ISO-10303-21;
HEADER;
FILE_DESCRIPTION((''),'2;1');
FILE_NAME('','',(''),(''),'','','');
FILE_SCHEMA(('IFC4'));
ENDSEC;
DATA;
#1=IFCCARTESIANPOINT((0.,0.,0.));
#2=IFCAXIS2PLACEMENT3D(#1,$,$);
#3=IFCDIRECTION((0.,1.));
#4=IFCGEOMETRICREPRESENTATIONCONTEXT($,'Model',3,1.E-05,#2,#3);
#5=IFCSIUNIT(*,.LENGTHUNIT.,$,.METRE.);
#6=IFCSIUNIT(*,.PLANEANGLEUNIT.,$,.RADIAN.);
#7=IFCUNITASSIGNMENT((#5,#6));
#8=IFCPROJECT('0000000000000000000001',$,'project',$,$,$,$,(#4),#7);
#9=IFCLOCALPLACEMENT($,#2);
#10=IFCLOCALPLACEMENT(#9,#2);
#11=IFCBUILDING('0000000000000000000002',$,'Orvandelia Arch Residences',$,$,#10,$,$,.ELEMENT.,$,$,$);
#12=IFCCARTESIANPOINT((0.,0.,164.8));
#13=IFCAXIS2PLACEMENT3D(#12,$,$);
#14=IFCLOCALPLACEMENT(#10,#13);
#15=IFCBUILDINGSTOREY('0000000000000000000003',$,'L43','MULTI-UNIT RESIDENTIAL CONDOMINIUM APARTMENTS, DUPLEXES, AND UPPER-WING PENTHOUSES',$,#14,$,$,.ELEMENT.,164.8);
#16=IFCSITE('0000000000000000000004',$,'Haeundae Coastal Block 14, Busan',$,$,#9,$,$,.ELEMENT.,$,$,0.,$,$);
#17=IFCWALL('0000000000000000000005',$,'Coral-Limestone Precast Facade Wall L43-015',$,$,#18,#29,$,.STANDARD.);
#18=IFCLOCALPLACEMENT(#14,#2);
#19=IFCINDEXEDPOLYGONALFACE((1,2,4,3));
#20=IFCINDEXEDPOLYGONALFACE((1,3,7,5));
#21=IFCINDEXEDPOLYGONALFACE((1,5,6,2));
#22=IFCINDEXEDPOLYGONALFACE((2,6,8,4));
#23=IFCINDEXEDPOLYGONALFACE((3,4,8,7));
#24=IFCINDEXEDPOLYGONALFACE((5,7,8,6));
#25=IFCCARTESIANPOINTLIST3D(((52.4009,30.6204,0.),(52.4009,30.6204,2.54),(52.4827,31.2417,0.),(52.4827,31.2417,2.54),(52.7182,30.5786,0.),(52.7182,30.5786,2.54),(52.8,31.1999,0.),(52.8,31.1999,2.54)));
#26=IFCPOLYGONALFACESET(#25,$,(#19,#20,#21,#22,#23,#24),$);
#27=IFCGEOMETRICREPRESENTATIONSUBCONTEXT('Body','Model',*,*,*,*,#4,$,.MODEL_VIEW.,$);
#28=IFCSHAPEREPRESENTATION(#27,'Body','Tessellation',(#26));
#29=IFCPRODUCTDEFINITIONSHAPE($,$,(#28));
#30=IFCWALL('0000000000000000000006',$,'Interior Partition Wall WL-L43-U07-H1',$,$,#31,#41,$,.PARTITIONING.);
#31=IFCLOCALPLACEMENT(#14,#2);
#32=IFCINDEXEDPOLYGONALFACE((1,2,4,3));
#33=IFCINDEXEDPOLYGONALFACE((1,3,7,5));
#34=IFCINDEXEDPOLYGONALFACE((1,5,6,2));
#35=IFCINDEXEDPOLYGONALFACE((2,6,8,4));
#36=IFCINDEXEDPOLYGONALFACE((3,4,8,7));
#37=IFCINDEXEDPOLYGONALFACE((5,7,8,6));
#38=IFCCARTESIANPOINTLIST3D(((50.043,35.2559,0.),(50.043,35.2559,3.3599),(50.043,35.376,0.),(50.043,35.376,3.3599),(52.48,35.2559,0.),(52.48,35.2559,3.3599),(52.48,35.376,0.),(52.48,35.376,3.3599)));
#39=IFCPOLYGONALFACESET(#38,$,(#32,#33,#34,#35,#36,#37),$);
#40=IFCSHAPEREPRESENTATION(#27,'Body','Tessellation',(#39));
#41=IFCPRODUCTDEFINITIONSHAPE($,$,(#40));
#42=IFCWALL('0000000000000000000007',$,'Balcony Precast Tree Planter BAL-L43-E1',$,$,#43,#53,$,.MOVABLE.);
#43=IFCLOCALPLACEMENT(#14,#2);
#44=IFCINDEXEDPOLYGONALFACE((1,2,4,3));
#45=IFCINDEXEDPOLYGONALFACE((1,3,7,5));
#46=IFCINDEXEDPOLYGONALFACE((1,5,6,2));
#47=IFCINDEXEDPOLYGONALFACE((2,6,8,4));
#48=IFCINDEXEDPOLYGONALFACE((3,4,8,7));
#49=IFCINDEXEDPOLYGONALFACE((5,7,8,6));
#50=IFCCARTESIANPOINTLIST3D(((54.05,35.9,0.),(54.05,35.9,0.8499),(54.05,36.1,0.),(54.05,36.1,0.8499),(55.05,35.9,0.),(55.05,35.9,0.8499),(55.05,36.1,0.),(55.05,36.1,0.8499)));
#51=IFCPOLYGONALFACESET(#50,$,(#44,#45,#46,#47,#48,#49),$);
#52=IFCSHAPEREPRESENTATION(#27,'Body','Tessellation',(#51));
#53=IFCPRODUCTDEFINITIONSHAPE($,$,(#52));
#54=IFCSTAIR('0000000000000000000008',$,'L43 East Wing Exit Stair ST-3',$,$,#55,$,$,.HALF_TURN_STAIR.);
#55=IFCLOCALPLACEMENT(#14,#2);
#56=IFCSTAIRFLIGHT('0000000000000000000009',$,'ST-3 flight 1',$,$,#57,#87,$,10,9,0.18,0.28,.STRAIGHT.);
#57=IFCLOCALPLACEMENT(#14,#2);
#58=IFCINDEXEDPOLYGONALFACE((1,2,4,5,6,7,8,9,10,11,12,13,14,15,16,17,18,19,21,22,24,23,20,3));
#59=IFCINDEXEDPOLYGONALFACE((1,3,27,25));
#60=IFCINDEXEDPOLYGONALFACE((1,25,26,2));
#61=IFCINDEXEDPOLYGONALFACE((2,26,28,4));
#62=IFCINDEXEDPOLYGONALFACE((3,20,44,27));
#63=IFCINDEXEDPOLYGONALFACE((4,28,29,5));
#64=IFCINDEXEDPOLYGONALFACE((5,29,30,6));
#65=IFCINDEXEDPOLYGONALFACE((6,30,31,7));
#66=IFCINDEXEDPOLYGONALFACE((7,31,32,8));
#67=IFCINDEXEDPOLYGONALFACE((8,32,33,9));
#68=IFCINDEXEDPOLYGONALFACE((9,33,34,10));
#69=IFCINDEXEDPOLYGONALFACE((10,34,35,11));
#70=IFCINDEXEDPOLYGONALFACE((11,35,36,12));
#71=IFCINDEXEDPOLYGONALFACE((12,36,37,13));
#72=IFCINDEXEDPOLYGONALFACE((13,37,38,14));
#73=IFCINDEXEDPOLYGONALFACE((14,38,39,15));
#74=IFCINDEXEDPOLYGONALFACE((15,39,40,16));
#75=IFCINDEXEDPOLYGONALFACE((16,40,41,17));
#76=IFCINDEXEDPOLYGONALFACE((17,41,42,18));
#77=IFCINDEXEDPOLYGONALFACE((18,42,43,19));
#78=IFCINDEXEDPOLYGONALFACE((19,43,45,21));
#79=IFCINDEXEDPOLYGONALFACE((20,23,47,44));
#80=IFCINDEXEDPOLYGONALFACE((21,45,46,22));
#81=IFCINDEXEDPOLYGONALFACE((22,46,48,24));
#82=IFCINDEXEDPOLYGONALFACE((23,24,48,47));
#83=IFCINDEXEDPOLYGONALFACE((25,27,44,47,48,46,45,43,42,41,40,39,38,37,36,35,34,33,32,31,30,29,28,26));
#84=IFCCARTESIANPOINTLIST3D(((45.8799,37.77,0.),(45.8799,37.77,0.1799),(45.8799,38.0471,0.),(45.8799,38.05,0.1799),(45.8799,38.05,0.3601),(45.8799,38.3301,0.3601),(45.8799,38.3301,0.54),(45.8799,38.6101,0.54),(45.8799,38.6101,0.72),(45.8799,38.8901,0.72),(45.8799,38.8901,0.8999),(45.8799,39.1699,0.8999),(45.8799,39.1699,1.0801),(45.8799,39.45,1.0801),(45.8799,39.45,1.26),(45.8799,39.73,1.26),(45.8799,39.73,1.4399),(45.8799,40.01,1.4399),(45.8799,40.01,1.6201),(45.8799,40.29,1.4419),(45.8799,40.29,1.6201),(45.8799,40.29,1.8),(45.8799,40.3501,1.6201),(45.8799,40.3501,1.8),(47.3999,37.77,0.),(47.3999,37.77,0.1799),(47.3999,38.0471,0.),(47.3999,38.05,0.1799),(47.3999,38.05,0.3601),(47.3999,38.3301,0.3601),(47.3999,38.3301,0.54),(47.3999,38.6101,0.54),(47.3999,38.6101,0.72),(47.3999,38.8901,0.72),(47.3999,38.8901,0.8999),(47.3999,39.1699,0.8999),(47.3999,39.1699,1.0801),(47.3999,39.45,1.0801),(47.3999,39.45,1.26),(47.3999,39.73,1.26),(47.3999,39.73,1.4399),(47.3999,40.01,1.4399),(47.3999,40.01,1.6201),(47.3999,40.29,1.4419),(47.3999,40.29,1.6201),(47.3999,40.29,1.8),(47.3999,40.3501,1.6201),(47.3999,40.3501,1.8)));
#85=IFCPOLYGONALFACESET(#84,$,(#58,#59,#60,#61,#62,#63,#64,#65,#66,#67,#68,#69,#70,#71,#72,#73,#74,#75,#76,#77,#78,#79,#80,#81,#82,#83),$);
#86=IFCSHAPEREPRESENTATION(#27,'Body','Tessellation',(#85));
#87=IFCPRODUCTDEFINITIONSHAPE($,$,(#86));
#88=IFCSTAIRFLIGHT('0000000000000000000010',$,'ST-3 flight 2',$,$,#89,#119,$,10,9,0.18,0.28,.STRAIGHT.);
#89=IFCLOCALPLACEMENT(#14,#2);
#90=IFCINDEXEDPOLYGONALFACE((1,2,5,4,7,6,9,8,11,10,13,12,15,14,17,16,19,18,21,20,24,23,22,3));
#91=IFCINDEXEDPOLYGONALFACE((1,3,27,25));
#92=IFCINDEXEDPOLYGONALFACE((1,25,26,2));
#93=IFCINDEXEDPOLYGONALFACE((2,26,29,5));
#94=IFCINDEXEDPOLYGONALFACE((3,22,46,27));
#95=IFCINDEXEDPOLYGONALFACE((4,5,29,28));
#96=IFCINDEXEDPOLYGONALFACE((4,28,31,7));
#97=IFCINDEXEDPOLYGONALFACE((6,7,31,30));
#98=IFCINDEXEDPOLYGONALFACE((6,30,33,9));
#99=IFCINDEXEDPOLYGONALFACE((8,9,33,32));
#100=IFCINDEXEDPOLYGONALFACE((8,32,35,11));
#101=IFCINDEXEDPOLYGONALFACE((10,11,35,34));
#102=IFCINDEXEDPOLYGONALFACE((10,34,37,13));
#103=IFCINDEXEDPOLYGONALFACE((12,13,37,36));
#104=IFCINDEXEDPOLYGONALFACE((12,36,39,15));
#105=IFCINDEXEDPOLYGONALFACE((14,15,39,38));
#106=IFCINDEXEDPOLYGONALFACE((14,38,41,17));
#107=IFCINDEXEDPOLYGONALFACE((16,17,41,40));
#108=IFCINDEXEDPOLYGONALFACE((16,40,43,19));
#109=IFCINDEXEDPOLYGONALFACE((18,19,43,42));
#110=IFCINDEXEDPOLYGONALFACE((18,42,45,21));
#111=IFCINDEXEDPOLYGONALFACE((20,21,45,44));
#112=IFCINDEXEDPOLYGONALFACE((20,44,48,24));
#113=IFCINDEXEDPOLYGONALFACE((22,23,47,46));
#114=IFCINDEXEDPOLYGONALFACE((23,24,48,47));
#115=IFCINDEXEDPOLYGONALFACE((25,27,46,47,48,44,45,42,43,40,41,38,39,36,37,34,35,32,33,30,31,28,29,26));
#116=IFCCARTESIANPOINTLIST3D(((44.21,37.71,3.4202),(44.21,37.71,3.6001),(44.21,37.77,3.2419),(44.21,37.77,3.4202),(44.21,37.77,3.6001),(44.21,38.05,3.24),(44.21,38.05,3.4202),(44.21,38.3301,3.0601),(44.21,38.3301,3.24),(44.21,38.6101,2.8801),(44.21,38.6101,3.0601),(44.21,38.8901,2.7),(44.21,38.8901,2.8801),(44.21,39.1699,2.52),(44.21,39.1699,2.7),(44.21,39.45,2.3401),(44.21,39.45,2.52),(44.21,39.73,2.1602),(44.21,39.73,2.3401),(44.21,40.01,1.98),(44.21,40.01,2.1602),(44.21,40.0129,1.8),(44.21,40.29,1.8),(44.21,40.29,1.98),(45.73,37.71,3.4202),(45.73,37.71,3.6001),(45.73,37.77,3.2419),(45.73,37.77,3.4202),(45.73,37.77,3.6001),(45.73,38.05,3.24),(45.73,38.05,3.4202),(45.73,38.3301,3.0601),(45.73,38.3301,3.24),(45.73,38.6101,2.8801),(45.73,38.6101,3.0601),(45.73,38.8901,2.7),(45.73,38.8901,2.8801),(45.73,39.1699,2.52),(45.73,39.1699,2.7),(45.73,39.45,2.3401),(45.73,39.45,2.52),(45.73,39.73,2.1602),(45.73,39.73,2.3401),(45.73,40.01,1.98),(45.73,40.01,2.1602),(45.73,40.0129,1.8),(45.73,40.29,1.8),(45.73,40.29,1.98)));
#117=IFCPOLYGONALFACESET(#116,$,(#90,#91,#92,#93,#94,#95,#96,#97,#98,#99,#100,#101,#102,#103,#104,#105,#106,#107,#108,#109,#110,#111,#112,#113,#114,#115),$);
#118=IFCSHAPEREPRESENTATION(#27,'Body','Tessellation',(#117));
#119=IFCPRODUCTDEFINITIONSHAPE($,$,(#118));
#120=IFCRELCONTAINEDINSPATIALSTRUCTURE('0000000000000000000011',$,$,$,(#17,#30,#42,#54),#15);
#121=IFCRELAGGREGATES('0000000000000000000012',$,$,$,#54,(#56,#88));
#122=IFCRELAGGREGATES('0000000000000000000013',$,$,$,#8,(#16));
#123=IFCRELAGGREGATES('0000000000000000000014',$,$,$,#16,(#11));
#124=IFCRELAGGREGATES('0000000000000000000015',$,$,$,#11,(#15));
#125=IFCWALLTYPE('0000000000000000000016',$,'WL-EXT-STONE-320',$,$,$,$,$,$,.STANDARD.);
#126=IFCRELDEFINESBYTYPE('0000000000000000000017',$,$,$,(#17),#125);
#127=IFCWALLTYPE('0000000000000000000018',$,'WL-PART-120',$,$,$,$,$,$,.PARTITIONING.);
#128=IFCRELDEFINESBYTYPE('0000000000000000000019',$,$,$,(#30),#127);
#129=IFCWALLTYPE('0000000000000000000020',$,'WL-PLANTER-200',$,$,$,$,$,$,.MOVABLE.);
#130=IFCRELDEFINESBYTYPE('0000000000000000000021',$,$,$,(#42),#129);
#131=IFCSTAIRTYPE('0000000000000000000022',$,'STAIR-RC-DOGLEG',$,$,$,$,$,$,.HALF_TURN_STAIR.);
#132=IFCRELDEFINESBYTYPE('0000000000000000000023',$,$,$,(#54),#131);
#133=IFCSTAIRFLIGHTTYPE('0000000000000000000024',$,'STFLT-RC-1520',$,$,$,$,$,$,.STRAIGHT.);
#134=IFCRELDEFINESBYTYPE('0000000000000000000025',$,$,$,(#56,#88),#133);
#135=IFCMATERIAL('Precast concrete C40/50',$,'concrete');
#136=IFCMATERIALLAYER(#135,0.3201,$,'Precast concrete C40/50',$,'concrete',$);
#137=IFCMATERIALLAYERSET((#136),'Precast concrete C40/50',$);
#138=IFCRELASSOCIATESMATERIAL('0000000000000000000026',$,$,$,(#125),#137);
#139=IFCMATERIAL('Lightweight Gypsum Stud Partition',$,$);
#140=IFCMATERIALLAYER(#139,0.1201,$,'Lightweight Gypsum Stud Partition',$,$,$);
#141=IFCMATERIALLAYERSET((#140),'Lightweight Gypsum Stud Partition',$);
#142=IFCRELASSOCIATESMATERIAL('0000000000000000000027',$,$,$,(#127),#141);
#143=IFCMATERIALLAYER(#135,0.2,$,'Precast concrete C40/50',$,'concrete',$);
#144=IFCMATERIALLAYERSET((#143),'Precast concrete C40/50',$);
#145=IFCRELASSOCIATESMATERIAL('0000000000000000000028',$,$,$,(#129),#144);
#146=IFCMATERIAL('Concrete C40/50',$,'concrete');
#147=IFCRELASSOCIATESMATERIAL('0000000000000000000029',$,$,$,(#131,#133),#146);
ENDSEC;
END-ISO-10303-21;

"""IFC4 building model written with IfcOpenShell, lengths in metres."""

from ifc_helpers import new_model, si_unit, direction, frame, frame_2d, origin, place, context, subcontext, project, spatial, polyline, rectangle, outline, extrude, material, layer, layer_set, type_object, element, aggregate, save


model = new_model("IFC4")

# Units and contexts
model_context = context("Model", 3, precision=1e-05, world=origin(), true_north=direction((0.0, 1.0)))
body_context = subcontext(model_context, "Body", "Model", "MODEL_VIEW")
ifc_project = project(units=[si_unit("LENGTHUNIT", "METRE"), si_unit("PLANEANGLEUNIT", "RADIAN")], contexts=[model_context])

# Site, building, storey
site_placement = place(None, origin())
site = spatial("IfcSite", under=ifc_project, at=site_placement, Name="Haeundae Coastal Block 14, Busan", CompositionType="ELEMENT", RefElevation=0.0)
building_placement = place(site_placement, origin())
building = spatial("IfcBuilding", under=site, at=building_placement, Name="Orvandelia Arch Residences", CompositionType="ELEMENT")
storey_placement = place(building_placement, frame((0.0, 0.0, 164.8)))
storey = spatial("IfcBuildingStorey", under=building, at=storey_placement, Name="L43", Description="MULTI-UNIT RESIDENTIAL CONDOMINIUM APARTMENTS, DUPLEXES, AND UPPER-WING PENTHOUSES", CompositionType="ELEMENT", Elevation=164.8)

# Walls
ifc_material_1 = material(Name="Precast concrete C40/50", Category="concrete")
ifc_layer_1 = layer(ifc_material_1, 0.3201, Name="Precast concrete C40/50", Category="concrete")
ifc_layer_set_1 = layer_set([ifc_layer_1], Name="Precast concrete C40/50")
wall_type_1 = type_object("IfcWallType", Name="WL-EXT-STONE-320", PredefinedType="STANDARD", material=ifc_layer_set_1)
wall_1_placement = place(storey_placement, frame((52.6414, 31.2209, 0.0), z_axis=(0.0, 0.0, 1.0), x_axis=(-0.130505, -0.991448, 0.0)))
element("IfcWall", 1, at=wall_1_placement, inside=storey, type_object=wall_type_1, Name="Coral-Limestone Precast Facade Wall L43-015", PredefinedType="STANDARD", context=body_context, shape_type="SweptSolid", body=[
    extrude(rectangle(XDim=0.6267, YDim=0.3201, at=frame_2d((0.3135, 0.0))), origin(), (0.0, 0.0, 1.0), 2.54),
])
ifc_material_2 = material(Name="Lightweight Gypsum Stud Partition")
ifc_layer_2 = layer(ifc_material_2, 0.1201, Name="Lightweight Gypsum Stud Partition")
ifc_layer_set_2 = layer_set([ifc_layer_2], Name="Lightweight Gypsum Stud Partition")
wall_type_2 = type_object("IfcWallType", Name="WL-PART-120", PredefinedType="PARTITIONING", material=ifc_layer_set_2)
wall_2_placement = place(storey_placement, frame((50.043, 35.3159, 0.0), z_axis=(0.0, 0.0, 1.0), x_axis=(1.0, 0.0, 0.0)))
element("IfcWall", 2, at=wall_2_placement, inside=storey, type_object=wall_type_2, Name="Interior Partition Wall WL-L43-U07-H1", PredefinedType="PARTITIONING", context=body_context, shape_type="SweptSolid", body=[
    extrude(rectangle(XDim=2.437, YDim=0.1201, at=frame_2d((1.2185, 0.0))), origin(), (0.0, 0.0, 1.0), 3.3599),
])
ifc_layer_3 = layer(ifc_material_1, 0.2, Name="Precast concrete C40/50", Category="concrete")
ifc_layer_set_3 = layer_set([ifc_layer_3], Name="Precast concrete C40/50")
wall_type_3 = type_object("IfcWallType", Name="WL-PLANTER-200", PredefinedType="MOVABLE", material=ifc_layer_set_3)
wall_3_placement = place(storey_placement, frame((54.05, 36.0, 0.0), z_axis=(0.0, 0.0, 1.0), x_axis=(1.0, 0.0, 0.0)))
element("IfcWall", 3, at=wall_3_placement, inside=storey, type_object=wall_type_3, Name="Balcony Precast Tree Planter BAL-L43-E1", PredefinedType="MOVABLE", context=body_context, shape_type="SweptSolid", body=[
    extrude(rectangle(XDim=1.0, YDim=0.2, at=frame_2d((0.5, 0.0))), origin(), (0.0, 0.0, 1.0), 0.8499),
])

# Stair, stair flights
ifc_material_3 = material(Name="Concrete C40/50", Category="concrete")
stair_type = type_object("IfcStairType", Name="STAIR-RC-DOGLEG", PredefinedType="HALF_TURN_STAIR", material=ifc_material_3)
stair_placement = place(storey_placement, origin())
stair = element("IfcStair", 4, at=stair_placement, inside=storey, type_object=stair_type, Name="L43 East Wing Exit Stair ST-3", PredefinedType="HALF_TURN_STAIR")
stair_flight_type = type_object("IfcStairFlightType", Name="STFLT-RC-1520", PredefinedType="STRAIGHT", material=ifc_material_3)
stair_flight_1_placement = place(storey_placement, frame((46.6399, 37.77, 0.0), z_axis=(0.0, 0.0, 1.0), x_axis=(0.0, 1.0, 0.0)))
stair_flight_1 = element("IfcStairFlight", 5, at=stair_flight_1_placement, type_object=stair_flight_type, Name="ST-3 flight 1", NumberOfRisers=10, NumberOfTreads=9, PredefinedType="STRAIGHT", RiserHeight=0.18, TreadLength=0.28, context=body_context, shape_type="SweptSolid", body=[
    extrude(outline(polyline([(0.0, 0.0), (0.0, 0.1799), (0.28, 0.1799), (0.28, 0.3601), (0.5601, 0.3601), (0.5601, 0.54), (0.8401, 0.54), (0.8401, 0.72), (1.1201, 0.72), (1.1201, 0.8999), (1.3999, 0.8999), (1.3999, 1.0801), (1.6799, 1.0801), (1.6799, 1.26), (1.96, 1.26), (1.96, 1.4399), (2.24, 1.4399), (2.24, 1.6201), (2.52, 1.6201), (2.52, 1.8), (2.5801, 1.8), (2.5801, 1.6201), (2.52, 1.4419), (0.2771, 0.0), (0.0, 0.0)])), frame((0.0, 0.76, 0.0), z_axis=(0.0, -1.0, 0.0), x_axis=(1.0, 0.0, 0.0)), (0.0, 0.0, 1.0), 1.52),
])
stair_flight_2_placement = place(storey_placement, frame((44.97, 40.29, 1.8), z_axis=(0.0, 0.0, 1.0), x_axis=(0.0, -1.0, 0.0)))
stair_flight_2 = element("IfcStairFlight", 6, at=stair_flight_2_placement, type_object=stair_flight_type, Name="ST-3 flight 2", NumberOfRisers=10, NumberOfTreads=9, PredefinedType="STRAIGHT", RiserHeight=0.18, TreadLength=0.28, context=body_context, shape_type="SweptSolid", body=[
    extrude(outline(polyline([(0.0, 0.0), (0.0, 0.1799), (0.28, 0.1799), (0.28, 0.3601), (0.5601, 0.3601), (0.5601, 0.54), (0.8401, 0.54), (0.8401, 0.72), (1.1201, 0.72), (1.1201, 0.8999), (1.3999, 0.8999), (1.3999, 1.0801), (1.6799, 1.0801), (1.6799, 1.26), (1.96, 1.26), (1.96, 1.4399), (2.24, 1.4399), (2.24, 1.6201), (2.52, 1.6201), (2.52, 1.8), (2.5801, 1.8), (2.5801, 1.6201), (2.52, 1.4419), (0.2771, 0.0), (0.0, 0.0)])), frame((0.0, 0.76, 0.0), z_axis=(0.0, -1.0, 0.0), x_axis=(1.0, 0.0, 0.0)), (0.0, 0.0, 1.0), 1.52),
])
aggregate(stair, [stair_flight_1, stair_flight_2])

save(model, "model.ifc")
